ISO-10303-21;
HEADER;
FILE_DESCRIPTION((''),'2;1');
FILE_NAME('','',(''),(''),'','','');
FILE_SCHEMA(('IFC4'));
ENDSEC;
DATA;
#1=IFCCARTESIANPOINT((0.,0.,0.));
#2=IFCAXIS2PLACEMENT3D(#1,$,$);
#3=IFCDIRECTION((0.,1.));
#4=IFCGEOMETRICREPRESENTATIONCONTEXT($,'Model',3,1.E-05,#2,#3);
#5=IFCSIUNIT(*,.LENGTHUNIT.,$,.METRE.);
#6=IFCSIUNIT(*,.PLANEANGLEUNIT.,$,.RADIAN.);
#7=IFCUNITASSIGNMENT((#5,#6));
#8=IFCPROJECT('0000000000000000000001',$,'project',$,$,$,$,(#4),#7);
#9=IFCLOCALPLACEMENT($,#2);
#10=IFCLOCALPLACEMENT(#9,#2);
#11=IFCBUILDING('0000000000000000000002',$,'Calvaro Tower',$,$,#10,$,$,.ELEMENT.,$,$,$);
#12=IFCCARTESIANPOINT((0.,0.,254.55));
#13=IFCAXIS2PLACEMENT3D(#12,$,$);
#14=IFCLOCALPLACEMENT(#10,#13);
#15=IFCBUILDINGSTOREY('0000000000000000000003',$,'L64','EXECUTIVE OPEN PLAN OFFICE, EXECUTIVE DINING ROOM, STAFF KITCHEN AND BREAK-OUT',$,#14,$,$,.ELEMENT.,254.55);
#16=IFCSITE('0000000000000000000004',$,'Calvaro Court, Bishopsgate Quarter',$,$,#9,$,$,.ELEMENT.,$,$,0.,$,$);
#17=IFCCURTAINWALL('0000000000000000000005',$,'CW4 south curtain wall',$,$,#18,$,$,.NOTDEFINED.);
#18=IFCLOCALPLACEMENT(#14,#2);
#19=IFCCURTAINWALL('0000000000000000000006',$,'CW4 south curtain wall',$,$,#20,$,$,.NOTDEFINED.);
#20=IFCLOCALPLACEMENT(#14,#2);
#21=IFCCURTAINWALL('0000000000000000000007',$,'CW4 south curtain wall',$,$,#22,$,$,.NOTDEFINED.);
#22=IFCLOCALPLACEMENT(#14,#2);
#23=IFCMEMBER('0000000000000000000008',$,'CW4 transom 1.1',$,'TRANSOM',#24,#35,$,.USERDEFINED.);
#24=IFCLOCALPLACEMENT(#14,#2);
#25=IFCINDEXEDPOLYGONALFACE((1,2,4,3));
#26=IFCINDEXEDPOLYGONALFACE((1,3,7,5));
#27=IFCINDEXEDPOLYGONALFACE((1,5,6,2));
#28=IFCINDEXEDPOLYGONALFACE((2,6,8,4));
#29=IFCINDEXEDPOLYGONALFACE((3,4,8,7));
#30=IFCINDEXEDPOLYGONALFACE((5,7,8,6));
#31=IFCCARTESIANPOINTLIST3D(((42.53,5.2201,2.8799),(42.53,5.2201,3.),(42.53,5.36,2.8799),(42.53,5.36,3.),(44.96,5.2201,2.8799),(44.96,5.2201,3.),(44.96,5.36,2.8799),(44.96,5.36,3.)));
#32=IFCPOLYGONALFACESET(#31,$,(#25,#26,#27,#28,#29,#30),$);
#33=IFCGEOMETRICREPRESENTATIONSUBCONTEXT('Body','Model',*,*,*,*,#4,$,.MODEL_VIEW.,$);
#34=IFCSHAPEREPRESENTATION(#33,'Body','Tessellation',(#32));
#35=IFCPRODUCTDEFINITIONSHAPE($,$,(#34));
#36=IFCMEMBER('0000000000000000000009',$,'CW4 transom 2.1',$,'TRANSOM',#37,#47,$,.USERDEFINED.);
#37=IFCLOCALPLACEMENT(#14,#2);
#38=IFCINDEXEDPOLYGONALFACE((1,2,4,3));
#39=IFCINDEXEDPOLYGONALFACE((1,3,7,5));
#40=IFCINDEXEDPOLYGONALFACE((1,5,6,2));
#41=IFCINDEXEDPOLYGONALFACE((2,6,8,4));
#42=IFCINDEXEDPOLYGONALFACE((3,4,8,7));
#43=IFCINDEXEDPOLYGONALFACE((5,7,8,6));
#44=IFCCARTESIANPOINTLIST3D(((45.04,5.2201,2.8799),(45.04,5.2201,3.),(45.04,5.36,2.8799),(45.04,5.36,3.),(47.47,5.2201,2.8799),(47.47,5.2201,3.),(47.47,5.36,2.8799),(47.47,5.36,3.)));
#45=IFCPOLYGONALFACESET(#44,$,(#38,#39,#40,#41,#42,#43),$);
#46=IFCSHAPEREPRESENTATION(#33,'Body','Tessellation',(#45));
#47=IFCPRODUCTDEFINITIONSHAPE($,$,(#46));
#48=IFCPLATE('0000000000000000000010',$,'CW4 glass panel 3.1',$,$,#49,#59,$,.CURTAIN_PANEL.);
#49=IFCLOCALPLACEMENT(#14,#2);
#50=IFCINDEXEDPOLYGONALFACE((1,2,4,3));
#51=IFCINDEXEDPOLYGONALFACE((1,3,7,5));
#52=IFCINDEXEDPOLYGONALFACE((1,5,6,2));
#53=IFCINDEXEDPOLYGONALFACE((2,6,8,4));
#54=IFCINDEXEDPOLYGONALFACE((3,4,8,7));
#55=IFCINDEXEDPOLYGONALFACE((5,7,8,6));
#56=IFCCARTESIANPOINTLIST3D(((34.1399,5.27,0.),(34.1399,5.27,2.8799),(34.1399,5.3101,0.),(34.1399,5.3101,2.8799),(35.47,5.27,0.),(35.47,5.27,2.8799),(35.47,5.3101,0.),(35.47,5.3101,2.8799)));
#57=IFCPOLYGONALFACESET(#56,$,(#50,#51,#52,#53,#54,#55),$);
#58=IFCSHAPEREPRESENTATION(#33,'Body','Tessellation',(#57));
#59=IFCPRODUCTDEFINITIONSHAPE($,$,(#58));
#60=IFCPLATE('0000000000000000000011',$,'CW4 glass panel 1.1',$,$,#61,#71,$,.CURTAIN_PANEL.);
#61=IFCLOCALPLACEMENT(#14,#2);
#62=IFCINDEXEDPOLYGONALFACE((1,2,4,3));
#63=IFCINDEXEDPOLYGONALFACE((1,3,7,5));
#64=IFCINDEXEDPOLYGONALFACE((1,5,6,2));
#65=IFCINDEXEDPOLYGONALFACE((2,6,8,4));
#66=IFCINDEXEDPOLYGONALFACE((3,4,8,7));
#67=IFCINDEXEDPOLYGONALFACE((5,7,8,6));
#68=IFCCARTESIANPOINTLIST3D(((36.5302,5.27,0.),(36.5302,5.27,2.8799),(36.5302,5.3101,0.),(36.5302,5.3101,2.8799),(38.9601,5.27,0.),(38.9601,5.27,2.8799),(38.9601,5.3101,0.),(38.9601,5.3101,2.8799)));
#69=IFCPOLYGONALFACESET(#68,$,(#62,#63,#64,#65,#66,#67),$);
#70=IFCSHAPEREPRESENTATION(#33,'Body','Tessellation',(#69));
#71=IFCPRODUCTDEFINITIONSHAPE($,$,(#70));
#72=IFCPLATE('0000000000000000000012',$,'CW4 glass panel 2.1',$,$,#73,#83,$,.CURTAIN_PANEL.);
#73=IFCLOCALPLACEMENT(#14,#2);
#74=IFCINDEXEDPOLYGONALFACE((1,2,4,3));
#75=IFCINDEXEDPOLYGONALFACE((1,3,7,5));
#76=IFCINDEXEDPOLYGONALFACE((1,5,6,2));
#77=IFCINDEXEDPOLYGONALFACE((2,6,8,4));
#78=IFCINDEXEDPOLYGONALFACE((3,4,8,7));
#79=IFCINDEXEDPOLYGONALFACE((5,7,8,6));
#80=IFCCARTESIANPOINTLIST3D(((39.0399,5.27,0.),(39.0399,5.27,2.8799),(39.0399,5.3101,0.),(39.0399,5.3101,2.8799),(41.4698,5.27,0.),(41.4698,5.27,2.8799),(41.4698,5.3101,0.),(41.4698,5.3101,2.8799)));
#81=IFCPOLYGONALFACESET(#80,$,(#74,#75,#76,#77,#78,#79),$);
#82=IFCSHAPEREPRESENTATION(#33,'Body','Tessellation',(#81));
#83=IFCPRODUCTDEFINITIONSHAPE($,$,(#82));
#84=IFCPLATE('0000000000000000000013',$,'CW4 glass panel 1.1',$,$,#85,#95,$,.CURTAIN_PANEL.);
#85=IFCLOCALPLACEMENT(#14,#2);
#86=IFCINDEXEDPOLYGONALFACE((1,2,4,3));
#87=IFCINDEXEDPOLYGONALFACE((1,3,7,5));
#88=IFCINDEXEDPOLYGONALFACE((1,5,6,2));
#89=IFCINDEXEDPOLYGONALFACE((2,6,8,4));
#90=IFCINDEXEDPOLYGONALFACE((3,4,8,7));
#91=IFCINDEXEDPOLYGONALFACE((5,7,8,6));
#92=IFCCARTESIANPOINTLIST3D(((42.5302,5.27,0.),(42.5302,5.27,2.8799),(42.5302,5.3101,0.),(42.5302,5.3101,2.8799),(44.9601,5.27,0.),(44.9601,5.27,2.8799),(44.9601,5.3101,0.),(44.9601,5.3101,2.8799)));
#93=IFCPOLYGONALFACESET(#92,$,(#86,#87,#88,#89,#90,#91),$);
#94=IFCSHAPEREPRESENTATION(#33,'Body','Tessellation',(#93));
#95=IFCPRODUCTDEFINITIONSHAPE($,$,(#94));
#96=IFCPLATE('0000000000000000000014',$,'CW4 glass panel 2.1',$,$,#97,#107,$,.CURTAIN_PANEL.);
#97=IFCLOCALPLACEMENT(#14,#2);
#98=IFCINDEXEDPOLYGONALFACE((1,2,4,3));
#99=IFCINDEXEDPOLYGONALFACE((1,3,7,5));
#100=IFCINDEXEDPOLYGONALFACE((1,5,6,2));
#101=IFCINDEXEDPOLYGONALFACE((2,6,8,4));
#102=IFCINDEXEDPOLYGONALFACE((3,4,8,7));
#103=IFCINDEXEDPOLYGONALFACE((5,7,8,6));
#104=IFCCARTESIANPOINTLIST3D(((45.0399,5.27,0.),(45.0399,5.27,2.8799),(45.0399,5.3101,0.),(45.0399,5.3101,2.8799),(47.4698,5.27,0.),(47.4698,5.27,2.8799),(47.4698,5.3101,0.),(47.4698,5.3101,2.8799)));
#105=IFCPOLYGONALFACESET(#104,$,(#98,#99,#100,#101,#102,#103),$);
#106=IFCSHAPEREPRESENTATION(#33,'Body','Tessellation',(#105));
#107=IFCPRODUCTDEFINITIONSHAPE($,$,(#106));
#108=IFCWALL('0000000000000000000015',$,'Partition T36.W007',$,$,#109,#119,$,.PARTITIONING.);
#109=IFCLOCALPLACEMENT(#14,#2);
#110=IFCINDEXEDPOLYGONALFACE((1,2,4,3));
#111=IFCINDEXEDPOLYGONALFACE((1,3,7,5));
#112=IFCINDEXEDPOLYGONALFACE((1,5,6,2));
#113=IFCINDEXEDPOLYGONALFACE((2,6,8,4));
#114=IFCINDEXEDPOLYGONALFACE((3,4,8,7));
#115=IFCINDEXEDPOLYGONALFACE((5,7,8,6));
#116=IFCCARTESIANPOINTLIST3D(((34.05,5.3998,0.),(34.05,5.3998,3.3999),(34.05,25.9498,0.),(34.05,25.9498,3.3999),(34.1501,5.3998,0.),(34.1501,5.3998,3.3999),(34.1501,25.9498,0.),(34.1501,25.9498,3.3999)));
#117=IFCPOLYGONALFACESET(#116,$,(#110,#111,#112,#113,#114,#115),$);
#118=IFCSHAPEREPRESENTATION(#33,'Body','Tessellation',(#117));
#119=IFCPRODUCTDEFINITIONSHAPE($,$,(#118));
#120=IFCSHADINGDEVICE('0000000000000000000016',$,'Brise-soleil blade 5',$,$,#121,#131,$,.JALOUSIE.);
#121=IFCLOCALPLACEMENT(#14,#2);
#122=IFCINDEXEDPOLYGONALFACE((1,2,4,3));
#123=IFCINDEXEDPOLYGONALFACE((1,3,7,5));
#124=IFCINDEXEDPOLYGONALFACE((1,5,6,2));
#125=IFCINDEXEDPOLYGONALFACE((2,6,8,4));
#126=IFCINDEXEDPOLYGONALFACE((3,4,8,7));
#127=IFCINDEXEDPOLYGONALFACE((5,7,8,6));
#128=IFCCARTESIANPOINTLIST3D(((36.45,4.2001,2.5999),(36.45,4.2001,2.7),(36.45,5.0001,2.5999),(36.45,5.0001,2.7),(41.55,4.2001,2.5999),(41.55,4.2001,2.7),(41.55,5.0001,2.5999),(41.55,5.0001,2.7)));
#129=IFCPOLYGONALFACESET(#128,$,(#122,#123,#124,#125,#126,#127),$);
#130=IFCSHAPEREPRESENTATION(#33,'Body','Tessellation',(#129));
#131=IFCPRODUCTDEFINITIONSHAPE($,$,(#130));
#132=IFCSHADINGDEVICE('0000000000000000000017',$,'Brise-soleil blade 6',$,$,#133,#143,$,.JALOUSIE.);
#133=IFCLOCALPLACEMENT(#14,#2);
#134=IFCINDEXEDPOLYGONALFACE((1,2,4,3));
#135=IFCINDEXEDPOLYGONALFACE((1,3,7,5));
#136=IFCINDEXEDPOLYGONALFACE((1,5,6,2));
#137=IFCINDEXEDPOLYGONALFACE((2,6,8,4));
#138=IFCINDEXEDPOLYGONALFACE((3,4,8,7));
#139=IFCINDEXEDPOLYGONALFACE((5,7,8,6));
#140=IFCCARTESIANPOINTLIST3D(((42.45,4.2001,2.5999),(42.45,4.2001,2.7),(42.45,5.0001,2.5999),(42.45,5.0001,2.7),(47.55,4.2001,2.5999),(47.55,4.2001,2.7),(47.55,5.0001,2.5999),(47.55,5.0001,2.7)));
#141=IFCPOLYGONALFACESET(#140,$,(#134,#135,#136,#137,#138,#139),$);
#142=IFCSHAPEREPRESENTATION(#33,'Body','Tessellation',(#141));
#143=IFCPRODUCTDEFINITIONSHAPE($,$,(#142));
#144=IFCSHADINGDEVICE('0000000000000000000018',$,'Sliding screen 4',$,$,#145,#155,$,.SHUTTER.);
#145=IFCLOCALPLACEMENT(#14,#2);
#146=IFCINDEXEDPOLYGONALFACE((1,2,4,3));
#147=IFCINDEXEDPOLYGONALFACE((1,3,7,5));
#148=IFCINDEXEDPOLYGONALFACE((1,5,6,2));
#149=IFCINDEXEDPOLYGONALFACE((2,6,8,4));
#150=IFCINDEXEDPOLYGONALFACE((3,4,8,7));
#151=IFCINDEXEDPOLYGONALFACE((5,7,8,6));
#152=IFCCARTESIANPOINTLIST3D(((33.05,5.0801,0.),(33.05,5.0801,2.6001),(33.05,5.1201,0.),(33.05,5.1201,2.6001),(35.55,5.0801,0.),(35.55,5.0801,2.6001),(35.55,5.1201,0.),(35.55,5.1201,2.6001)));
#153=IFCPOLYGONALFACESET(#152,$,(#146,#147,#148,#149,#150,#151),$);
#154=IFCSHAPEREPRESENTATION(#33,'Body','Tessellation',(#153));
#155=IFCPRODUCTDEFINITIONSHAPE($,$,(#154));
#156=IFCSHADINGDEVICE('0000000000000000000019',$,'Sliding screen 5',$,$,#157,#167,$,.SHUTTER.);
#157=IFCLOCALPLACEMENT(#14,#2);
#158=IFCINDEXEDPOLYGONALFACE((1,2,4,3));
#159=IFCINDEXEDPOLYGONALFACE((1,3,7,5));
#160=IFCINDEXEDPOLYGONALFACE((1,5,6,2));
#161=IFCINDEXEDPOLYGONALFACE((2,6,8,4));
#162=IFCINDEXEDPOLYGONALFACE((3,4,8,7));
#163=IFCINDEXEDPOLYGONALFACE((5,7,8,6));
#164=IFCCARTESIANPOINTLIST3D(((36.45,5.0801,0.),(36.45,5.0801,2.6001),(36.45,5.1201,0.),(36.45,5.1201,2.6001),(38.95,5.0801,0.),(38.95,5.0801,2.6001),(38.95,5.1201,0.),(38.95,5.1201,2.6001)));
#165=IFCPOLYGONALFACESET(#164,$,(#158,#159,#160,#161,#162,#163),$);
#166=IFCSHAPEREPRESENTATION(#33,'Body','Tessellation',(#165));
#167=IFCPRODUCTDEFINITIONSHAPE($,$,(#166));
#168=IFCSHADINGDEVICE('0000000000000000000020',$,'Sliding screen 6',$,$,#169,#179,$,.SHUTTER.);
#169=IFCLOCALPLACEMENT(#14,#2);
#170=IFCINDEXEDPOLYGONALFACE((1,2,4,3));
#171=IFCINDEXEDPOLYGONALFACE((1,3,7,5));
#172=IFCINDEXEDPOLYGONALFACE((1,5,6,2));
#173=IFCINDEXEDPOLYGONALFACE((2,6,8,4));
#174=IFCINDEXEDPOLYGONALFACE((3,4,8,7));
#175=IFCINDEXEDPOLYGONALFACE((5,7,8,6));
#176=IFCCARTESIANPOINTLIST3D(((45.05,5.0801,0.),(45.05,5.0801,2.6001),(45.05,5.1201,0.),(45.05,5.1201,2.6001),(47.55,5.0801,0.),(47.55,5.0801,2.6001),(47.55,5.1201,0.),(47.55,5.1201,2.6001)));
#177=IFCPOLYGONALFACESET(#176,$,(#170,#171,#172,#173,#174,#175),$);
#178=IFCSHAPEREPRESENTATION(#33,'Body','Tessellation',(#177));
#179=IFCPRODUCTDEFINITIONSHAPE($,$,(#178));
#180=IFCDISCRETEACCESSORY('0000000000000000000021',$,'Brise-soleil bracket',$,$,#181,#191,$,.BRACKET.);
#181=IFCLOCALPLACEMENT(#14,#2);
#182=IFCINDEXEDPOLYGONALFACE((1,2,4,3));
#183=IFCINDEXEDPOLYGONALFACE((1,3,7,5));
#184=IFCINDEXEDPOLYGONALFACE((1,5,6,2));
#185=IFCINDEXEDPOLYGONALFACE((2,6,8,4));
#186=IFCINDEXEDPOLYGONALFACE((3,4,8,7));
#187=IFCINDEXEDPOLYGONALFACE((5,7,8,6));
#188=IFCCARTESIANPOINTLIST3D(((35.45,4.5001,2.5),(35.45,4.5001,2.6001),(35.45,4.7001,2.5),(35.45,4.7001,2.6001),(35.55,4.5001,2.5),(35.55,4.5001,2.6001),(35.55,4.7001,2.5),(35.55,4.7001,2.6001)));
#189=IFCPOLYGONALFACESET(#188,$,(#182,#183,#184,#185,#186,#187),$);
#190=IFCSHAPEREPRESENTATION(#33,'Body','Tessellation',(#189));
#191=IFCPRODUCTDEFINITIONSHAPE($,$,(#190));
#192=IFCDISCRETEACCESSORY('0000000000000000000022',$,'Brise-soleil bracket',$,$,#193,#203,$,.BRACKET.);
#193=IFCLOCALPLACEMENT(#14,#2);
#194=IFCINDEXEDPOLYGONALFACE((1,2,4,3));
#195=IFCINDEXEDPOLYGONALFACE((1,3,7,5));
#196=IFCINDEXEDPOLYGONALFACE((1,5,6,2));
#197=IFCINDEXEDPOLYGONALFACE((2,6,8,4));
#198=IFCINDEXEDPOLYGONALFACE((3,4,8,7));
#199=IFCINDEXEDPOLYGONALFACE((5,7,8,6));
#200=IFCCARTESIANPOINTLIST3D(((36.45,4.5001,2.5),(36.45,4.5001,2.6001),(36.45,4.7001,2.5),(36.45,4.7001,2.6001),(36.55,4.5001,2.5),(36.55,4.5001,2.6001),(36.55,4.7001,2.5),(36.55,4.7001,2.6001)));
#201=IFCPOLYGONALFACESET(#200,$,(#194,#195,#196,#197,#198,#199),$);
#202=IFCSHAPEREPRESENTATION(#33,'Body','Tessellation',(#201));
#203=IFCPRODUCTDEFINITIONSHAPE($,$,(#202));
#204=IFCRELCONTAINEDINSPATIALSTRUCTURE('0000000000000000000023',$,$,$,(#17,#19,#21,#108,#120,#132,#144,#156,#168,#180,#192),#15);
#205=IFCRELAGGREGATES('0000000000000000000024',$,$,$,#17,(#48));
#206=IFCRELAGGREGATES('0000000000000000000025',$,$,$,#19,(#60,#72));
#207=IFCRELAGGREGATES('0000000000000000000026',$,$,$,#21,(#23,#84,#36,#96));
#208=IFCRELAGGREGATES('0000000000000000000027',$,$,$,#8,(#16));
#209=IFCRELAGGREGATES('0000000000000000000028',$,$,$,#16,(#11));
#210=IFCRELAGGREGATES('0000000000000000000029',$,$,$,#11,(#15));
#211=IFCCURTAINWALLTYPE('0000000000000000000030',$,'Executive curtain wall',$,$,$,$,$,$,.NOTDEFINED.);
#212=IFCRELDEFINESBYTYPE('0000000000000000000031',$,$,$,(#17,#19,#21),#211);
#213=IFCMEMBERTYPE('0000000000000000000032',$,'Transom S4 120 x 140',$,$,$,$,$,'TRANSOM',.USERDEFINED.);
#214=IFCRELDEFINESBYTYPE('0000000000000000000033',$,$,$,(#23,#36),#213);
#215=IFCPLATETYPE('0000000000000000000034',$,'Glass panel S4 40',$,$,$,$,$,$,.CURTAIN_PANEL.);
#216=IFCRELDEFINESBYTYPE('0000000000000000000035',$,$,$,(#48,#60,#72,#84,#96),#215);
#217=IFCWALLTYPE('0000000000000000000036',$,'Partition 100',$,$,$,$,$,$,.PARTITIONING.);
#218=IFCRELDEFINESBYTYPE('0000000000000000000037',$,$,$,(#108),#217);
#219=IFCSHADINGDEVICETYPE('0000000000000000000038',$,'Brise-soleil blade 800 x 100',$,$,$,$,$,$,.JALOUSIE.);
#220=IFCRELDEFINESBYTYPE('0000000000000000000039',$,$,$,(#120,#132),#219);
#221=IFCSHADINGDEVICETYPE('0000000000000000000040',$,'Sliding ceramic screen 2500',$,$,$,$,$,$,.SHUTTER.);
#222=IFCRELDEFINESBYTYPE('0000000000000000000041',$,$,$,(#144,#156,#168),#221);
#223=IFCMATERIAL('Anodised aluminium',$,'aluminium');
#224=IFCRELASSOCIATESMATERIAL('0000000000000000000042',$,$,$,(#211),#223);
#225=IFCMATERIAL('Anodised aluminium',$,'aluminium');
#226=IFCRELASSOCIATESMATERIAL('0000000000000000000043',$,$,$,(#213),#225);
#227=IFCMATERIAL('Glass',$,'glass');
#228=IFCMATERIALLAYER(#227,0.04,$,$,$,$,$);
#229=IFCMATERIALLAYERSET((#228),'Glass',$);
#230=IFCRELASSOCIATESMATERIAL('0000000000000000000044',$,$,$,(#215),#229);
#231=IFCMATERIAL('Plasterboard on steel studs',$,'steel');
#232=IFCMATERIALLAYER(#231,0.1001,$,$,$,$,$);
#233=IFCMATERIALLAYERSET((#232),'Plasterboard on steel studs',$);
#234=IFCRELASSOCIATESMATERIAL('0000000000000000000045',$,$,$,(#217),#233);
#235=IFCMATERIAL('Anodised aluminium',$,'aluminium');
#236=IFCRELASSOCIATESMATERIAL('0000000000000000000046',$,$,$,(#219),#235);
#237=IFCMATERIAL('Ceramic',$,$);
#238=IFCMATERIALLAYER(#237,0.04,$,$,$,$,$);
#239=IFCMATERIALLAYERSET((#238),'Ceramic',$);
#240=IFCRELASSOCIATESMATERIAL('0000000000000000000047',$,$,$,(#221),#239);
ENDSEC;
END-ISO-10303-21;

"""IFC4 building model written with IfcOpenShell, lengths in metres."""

from ifc_helpers import new_model, si_unit, direction, frame, frame_2d, origin, origin_2d, place, context, subcontext, project, spatial, rectangle, extrude, material, layer, layer_set, material_profile, profile_set, type_object, element, aggregate, save


model = new_model("IFC4")

# Units and contexts
model_context = context("Model", 3, precision=1e-05, world=origin(), true_north=direction((0.0, 1.0)))
body_context = subcontext(model_context, "Body", "Model", "MODEL_VIEW")
ifc_project = project(units=[si_unit("LENGTHUNIT", "METRE"), si_unit("PLANEANGLEUNIT", "RADIAN")], contexts=[model_context])

# Site, building, storey
site_placement = place(None, origin())
site = spatial("IfcSite", under=ifc_project, at=site_placement, Name="Calvaro Court, Bishopsgate Quarter", CompositionType="ELEMENT", RefElevation=0.0)
building_placement = place(site_placement, origin())
building = spatial("IfcBuilding", under=site, at=building_placement, Name="Calvaro Tower", CompositionType="ELEMENT")
storey_placement = place(building_placement, frame((0.0, 0.0, 254.55)))
storey = spatial("IfcBuildingStorey", under=building, at=storey_placement, Name="L64", Description="EXECUTIVE OPEN PLAN OFFICE, EXECUTIVE DINING ROOM, STAFF KITCHEN AND BREAK-OUT", CompositionType="ELEMENT", Elevation=254.55)

# Curtain wall
ifc_material_1 = material(Name="Anodised aluminium", Category="aluminium")
curtain_wall_type = type_object("IfcCurtainWallType", Name="Executive curtain wall", PredefinedType="NOTDEFINED", material=ifc_material_1)
curtain_wall_1_placement = place(storey_placement, origin())
curtain_wall_1 = element("IfcCurtainWall", 1, at=curtain_wall_1_placement, inside=storey, type_object=curtain_wall_type, Name="CW4 south curtain wall", PredefinedType="NOTDEFINED")

# Curtain walls
curtain_wall_2_placement = place(storey_placement, origin())
curtain_wall_2 = element("IfcCurtainWall", 2, at=curtain_wall_2_placement, inside=storey, type_object=curtain_wall_type, Name="CW4 south curtain wall", PredefinedType="NOTDEFINED")
curtain_wall_3_placement = place(storey_placement, origin())
curtain_wall_3 = element("IfcCurtainWall", 3, at=curtain_wall_3_placement, inside=storey, type_object=curtain_wall_type, Name="CW4 south curtain wall", PredefinedType="NOTDEFINED")

# Members
ifc_material_2 = material(Name="Anodised aluminium", Category="aluminium")
ifc_material_profile_1 = material_profile(ifc_material_2, rectangle(XDim=0.1399, YDim=0.1201, at=origin_2d()), Name="Transom S4 120 x 140")
ifc_profile_set_1 = profile_set([ifc_material_profile_1], Name="Anodised aluminium")
member_type_1 = type_object("IfcMemberType", Name="Transom S4 120 x 140", ElementType="TRANSOM", PredefinedType="USERDEFINED", material=ifc_profile_set_1)
member_1_placement = place(storey_placement, frame((42.53, 5.29, 2.9399), z_axis=(1.0, 0.0, 0.0), x_axis=(0.0, 1.0, 0.0)))
member_1 = element("IfcMember", 4, at=member_1_placement, type_object=member_type_1, Name="CW4 transom 1.1", ObjectType="TRANSOM", PredefinedType="USERDEFINED", context=body_context, shape_type="SweptSolid", body=[
    extrude(rectangle(XDim=0.1399, YDim=0.1201, at=origin_2d()), origin(), (0.0, 0.0, 1.0), 2.4299),
])
member_2_placement = place(storey_placement, frame((45.04, 5.29, 2.9399), z_axis=(1.0, 0.0, 0.0), x_axis=(0.0, 1.0, 0.0)))
member_2 = element("IfcMember", 5, at=member_2_placement, type_object=member_type_1, Name="CW4 transom 2.1", ObjectType="TRANSOM", PredefinedType="USERDEFINED", context=body_context, shape_type="SweptSolid", body=[
    extrude(rectangle(XDim=0.1399, YDim=0.1201, at=origin_2d()), origin(), (0.0, 0.0, 1.0), 2.4299),
])

# Plates
ifc_material_3 = material(Name="Glass", Category="glass")
ifc_layer_1 = layer(ifc_material_3, 0.04)
ifc_layer_set_1 = layer_set([ifc_layer_1], Name="Glass")
plate_type = type_object("IfcPlateType", Name="Glass panel S4 40", PredefinedType="CURTAIN_PANEL", material=ifc_layer_set_1)
plate_1_placement = place(storey_placement, frame((34.8049, 5.29, 0.0), z_axis=(0.0, 0.0, 1.0), x_axis=(1.0, 0.0, 0.0)))
plate_1 = element("IfcPlate", 6, at=plate_1_placement, type_object=plate_type, Name="CW4 glass panel 3.1", PredefinedType="CURTAIN_PANEL", context=body_context, shape_type="SweptSolid", body=[
    extrude(rectangle(XDim=1.3301, YDim=0.04, at=origin_2d()), origin(), (0.0, 0.0, 1.0), 2.8799),
])
aggregate(curtain_wall_1, [plate_1])
plate_2_placement = place(storey_placement, frame((37.7451, 5.29, 0.0), z_axis=(0.0, 0.0, 1.0), x_axis=(1.0, 0.0, 0.0)))
plate_2 = element("IfcPlate", 7, at=plate_2_placement, type_object=plate_type, Name="CW4 glass panel 1.1", PredefinedType="CURTAIN_PANEL", context=body_context, shape_type="SweptSolid", body=[
    extrude(rectangle(XDim=2.4299, YDim=0.04, at=origin_2d()), origin(), (0.0, 0.0, 1.0), 2.8799),
])
plate_3_placement = place(storey_placement, frame((40.2549, 5.29, 0.0), z_axis=(0.0, 0.0, 1.0), x_axis=(1.0, 0.0, 0.0)))
plate_3 = element("IfcPlate", 8, at=plate_3_placement, type_object=plate_type, Name="CW4 glass panel 2.1", PredefinedType="CURTAIN_PANEL", context=body_context, shape_type="SweptSolid", body=[
    extrude(rectangle(XDim=2.4299, YDim=0.04, at=origin_2d()), origin(), (0.0, 0.0, 1.0), 2.8799),
])
aggregate(curtain_wall_2, [plate_2, plate_3])
plate_4_placement = place(storey_placement, frame((43.7451, 5.29, 0.0), z_axis=(0.0, 0.0, 1.0), x_axis=(1.0, 0.0, 0.0)))
plate_4 = element("IfcPlate", 9, at=plate_4_placement, type_object=plate_type, Name="CW4 glass panel 1.1", PredefinedType="CURTAIN_PANEL", context=body_context, shape_type="SweptSolid", body=[
    extrude(rectangle(XDim=2.4299, YDim=0.04, at=origin_2d()), origin(), (0.0, 0.0, 1.0), 2.8799),
])
plate_5_placement = place(storey_placement, frame((46.2549, 5.29, 0.0), z_axis=(0.0, 0.0, 1.0), x_axis=(1.0, 0.0, 0.0)))
plate_5 = element("IfcPlate", 10, at=plate_5_placement, type_object=plate_type, Name="CW4 glass panel 2.1", PredefinedType="CURTAIN_PANEL", context=body_context, shape_type="SweptSolid", body=[
    extrude(rectangle(XDim=2.4299, YDim=0.04, at=origin_2d()), origin(), (0.0, 0.0, 1.0), 2.8799),
])
aggregate(curtain_wall_3, [member_1, plate_4, member_2, plate_5])

# Wall
ifc_material_4 = material(Name="Plasterboard on steel studs", Category="steel")
ifc_layer_2 = layer(ifc_material_4, 0.1001)
ifc_layer_set_2 = layer_set([ifc_layer_2], Name="Plasterboard on steel studs")
wall_type = type_object("IfcWallType", Name="Partition 100", PredefinedType="PARTITIONING", material=ifc_layer_set_2)
wall_placement = place(storey_placement, frame((34.1001, 5.3999, 0.0), z_axis=(0.0, 0.0, 1.0), x_axis=(0.0, 1.0, 0.0)))
element("IfcWall", 11, at=wall_placement, inside=storey, type_object=wall_type, Name="Partition T36.W007", PredefinedType="PARTITIONING", context=body_context, shape_type="SweptSolid", body=[
    extrude(rectangle(XDim=20.55, YDim=0.1001, at=frame_2d((10.2749, 0.0))), origin(), (0.0, 0.0, 1.0), 3.3999),
])

# Shading devices
ifc_material_5 = material(Name="Anodised aluminium", Category="aluminium")
ifc_material_profile_2 = material_profile(ifc_material_5, rectangle(XDim=0.8, YDim=0.1001, at=origin_2d()), Name="Brise-soleil blade 800 x 100")
ifc_profile_set_2 = profile_set([ifc_material_profile_2], Name="Anodised aluminium")
shading_device_type_1 = type_object("IfcShadingDeviceType", Name="Brise-soleil blade 800 x 100", PredefinedType="JALOUSIE", material=ifc_profile_set_2)
for number, where, z_axis, x_axis, name in (
    (12, (36.45, 4.6001, 2.6499), (1.0, 0.0, 0.0), (0.0, 1.0, 0.0), "Brise-soleil blade 5"),
    (13, (42.45, 4.6001, 2.6499), (1.0, 0.0, 0.0), (0.0, 1.0, 0.0), "Brise-soleil blade 6"),
):
    element("IfcShadingDevice", number, at=place(storey_placement, frame(where, z_axis=z_axis, x_axis=x_axis)), inside=storey, type_object=shading_device_type_1, Name=name, PredefinedType="JALOUSIE", context=body_context, shape_type="SweptSolid", body=[
        extrude(rectangle(XDim=0.8, YDim=0.1001, at=origin_2d()), origin(), (0.0, 0.0, 1.0), 5.1001),
    ])
ifc_material_6 = material(Name="Ceramic")
ifc_layer_3 = layer(ifc_material_6, 0.04)
ifc_layer_set_3 = layer_set([ifc_layer_3], Name="Ceramic")
shading_device_type_2 = type_object("IfcShadingDeviceType", Name="Sliding ceramic screen 2500", PredefinedType="SHUTTER", material=ifc_layer_set_3)
for number, where, z_axis, x_axis, name in (
    (14, (34.3, 5.1001, 0.0), (0.0, 0.0, 1.0), (1.0, 0.0, 0.0), "Sliding screen 4"),
    (15, (37.7, 5.1001, 0.0), (0.0, 0.0, 1.0), (1.0, 0.0, 0.0), "Sliding screen 5"),
    (16, (46.3, 5.1001, 0.0), (0.0, 0.0, 1.0), (1.0, 0.0, 0.0), "Sliding screen 6"),
):
    element("IfcShadingDevice", number, at=place(storey_placement, frame(where, z_axis=z_axis, x_axis=x_axis)), inside=storey, type_object=shading_device_type_2, Name=name, PredefinedType="SHUTTER", context=body_context, shape_type="SweptSolid", body=[
        extrude(rectangle(XDim=2.5, YDim=0.04, at=origin_2d()), origin(), (0.0, 0.0, 1.0), 2.6001),
    ])

# Discrete accessories
for number, where, z_axis, x_axis, name in (
    (17, (35.5, 4.6001, 2.5), (0.0, 0.0, 1.0), (1.0, 0.0, 0.0), "Brise-soleil bracket"),
    (18, (36.5, 4.6001, 2.5), (0.0, 0.0, 1.0), (1.0, 0.0, 0.0), "Brise-soleil bracket"),
):
    element("IfcDiscreteAccessory", number, at=place(storey_placement, frame(where, z_axis=z_axis, x_axis=x_axis)), inside=storey, Name=name, PredefinedType="BRACKET", context=body_context, shape_type="SweptSolid", body=[
        extrude(rectangle(XDim=0.1001, YDim=0.2, at=origin_2d()), origin(), (0.0, 0.0, 1.0), 0.1001),
    ])

save(model, "model.ifc")
